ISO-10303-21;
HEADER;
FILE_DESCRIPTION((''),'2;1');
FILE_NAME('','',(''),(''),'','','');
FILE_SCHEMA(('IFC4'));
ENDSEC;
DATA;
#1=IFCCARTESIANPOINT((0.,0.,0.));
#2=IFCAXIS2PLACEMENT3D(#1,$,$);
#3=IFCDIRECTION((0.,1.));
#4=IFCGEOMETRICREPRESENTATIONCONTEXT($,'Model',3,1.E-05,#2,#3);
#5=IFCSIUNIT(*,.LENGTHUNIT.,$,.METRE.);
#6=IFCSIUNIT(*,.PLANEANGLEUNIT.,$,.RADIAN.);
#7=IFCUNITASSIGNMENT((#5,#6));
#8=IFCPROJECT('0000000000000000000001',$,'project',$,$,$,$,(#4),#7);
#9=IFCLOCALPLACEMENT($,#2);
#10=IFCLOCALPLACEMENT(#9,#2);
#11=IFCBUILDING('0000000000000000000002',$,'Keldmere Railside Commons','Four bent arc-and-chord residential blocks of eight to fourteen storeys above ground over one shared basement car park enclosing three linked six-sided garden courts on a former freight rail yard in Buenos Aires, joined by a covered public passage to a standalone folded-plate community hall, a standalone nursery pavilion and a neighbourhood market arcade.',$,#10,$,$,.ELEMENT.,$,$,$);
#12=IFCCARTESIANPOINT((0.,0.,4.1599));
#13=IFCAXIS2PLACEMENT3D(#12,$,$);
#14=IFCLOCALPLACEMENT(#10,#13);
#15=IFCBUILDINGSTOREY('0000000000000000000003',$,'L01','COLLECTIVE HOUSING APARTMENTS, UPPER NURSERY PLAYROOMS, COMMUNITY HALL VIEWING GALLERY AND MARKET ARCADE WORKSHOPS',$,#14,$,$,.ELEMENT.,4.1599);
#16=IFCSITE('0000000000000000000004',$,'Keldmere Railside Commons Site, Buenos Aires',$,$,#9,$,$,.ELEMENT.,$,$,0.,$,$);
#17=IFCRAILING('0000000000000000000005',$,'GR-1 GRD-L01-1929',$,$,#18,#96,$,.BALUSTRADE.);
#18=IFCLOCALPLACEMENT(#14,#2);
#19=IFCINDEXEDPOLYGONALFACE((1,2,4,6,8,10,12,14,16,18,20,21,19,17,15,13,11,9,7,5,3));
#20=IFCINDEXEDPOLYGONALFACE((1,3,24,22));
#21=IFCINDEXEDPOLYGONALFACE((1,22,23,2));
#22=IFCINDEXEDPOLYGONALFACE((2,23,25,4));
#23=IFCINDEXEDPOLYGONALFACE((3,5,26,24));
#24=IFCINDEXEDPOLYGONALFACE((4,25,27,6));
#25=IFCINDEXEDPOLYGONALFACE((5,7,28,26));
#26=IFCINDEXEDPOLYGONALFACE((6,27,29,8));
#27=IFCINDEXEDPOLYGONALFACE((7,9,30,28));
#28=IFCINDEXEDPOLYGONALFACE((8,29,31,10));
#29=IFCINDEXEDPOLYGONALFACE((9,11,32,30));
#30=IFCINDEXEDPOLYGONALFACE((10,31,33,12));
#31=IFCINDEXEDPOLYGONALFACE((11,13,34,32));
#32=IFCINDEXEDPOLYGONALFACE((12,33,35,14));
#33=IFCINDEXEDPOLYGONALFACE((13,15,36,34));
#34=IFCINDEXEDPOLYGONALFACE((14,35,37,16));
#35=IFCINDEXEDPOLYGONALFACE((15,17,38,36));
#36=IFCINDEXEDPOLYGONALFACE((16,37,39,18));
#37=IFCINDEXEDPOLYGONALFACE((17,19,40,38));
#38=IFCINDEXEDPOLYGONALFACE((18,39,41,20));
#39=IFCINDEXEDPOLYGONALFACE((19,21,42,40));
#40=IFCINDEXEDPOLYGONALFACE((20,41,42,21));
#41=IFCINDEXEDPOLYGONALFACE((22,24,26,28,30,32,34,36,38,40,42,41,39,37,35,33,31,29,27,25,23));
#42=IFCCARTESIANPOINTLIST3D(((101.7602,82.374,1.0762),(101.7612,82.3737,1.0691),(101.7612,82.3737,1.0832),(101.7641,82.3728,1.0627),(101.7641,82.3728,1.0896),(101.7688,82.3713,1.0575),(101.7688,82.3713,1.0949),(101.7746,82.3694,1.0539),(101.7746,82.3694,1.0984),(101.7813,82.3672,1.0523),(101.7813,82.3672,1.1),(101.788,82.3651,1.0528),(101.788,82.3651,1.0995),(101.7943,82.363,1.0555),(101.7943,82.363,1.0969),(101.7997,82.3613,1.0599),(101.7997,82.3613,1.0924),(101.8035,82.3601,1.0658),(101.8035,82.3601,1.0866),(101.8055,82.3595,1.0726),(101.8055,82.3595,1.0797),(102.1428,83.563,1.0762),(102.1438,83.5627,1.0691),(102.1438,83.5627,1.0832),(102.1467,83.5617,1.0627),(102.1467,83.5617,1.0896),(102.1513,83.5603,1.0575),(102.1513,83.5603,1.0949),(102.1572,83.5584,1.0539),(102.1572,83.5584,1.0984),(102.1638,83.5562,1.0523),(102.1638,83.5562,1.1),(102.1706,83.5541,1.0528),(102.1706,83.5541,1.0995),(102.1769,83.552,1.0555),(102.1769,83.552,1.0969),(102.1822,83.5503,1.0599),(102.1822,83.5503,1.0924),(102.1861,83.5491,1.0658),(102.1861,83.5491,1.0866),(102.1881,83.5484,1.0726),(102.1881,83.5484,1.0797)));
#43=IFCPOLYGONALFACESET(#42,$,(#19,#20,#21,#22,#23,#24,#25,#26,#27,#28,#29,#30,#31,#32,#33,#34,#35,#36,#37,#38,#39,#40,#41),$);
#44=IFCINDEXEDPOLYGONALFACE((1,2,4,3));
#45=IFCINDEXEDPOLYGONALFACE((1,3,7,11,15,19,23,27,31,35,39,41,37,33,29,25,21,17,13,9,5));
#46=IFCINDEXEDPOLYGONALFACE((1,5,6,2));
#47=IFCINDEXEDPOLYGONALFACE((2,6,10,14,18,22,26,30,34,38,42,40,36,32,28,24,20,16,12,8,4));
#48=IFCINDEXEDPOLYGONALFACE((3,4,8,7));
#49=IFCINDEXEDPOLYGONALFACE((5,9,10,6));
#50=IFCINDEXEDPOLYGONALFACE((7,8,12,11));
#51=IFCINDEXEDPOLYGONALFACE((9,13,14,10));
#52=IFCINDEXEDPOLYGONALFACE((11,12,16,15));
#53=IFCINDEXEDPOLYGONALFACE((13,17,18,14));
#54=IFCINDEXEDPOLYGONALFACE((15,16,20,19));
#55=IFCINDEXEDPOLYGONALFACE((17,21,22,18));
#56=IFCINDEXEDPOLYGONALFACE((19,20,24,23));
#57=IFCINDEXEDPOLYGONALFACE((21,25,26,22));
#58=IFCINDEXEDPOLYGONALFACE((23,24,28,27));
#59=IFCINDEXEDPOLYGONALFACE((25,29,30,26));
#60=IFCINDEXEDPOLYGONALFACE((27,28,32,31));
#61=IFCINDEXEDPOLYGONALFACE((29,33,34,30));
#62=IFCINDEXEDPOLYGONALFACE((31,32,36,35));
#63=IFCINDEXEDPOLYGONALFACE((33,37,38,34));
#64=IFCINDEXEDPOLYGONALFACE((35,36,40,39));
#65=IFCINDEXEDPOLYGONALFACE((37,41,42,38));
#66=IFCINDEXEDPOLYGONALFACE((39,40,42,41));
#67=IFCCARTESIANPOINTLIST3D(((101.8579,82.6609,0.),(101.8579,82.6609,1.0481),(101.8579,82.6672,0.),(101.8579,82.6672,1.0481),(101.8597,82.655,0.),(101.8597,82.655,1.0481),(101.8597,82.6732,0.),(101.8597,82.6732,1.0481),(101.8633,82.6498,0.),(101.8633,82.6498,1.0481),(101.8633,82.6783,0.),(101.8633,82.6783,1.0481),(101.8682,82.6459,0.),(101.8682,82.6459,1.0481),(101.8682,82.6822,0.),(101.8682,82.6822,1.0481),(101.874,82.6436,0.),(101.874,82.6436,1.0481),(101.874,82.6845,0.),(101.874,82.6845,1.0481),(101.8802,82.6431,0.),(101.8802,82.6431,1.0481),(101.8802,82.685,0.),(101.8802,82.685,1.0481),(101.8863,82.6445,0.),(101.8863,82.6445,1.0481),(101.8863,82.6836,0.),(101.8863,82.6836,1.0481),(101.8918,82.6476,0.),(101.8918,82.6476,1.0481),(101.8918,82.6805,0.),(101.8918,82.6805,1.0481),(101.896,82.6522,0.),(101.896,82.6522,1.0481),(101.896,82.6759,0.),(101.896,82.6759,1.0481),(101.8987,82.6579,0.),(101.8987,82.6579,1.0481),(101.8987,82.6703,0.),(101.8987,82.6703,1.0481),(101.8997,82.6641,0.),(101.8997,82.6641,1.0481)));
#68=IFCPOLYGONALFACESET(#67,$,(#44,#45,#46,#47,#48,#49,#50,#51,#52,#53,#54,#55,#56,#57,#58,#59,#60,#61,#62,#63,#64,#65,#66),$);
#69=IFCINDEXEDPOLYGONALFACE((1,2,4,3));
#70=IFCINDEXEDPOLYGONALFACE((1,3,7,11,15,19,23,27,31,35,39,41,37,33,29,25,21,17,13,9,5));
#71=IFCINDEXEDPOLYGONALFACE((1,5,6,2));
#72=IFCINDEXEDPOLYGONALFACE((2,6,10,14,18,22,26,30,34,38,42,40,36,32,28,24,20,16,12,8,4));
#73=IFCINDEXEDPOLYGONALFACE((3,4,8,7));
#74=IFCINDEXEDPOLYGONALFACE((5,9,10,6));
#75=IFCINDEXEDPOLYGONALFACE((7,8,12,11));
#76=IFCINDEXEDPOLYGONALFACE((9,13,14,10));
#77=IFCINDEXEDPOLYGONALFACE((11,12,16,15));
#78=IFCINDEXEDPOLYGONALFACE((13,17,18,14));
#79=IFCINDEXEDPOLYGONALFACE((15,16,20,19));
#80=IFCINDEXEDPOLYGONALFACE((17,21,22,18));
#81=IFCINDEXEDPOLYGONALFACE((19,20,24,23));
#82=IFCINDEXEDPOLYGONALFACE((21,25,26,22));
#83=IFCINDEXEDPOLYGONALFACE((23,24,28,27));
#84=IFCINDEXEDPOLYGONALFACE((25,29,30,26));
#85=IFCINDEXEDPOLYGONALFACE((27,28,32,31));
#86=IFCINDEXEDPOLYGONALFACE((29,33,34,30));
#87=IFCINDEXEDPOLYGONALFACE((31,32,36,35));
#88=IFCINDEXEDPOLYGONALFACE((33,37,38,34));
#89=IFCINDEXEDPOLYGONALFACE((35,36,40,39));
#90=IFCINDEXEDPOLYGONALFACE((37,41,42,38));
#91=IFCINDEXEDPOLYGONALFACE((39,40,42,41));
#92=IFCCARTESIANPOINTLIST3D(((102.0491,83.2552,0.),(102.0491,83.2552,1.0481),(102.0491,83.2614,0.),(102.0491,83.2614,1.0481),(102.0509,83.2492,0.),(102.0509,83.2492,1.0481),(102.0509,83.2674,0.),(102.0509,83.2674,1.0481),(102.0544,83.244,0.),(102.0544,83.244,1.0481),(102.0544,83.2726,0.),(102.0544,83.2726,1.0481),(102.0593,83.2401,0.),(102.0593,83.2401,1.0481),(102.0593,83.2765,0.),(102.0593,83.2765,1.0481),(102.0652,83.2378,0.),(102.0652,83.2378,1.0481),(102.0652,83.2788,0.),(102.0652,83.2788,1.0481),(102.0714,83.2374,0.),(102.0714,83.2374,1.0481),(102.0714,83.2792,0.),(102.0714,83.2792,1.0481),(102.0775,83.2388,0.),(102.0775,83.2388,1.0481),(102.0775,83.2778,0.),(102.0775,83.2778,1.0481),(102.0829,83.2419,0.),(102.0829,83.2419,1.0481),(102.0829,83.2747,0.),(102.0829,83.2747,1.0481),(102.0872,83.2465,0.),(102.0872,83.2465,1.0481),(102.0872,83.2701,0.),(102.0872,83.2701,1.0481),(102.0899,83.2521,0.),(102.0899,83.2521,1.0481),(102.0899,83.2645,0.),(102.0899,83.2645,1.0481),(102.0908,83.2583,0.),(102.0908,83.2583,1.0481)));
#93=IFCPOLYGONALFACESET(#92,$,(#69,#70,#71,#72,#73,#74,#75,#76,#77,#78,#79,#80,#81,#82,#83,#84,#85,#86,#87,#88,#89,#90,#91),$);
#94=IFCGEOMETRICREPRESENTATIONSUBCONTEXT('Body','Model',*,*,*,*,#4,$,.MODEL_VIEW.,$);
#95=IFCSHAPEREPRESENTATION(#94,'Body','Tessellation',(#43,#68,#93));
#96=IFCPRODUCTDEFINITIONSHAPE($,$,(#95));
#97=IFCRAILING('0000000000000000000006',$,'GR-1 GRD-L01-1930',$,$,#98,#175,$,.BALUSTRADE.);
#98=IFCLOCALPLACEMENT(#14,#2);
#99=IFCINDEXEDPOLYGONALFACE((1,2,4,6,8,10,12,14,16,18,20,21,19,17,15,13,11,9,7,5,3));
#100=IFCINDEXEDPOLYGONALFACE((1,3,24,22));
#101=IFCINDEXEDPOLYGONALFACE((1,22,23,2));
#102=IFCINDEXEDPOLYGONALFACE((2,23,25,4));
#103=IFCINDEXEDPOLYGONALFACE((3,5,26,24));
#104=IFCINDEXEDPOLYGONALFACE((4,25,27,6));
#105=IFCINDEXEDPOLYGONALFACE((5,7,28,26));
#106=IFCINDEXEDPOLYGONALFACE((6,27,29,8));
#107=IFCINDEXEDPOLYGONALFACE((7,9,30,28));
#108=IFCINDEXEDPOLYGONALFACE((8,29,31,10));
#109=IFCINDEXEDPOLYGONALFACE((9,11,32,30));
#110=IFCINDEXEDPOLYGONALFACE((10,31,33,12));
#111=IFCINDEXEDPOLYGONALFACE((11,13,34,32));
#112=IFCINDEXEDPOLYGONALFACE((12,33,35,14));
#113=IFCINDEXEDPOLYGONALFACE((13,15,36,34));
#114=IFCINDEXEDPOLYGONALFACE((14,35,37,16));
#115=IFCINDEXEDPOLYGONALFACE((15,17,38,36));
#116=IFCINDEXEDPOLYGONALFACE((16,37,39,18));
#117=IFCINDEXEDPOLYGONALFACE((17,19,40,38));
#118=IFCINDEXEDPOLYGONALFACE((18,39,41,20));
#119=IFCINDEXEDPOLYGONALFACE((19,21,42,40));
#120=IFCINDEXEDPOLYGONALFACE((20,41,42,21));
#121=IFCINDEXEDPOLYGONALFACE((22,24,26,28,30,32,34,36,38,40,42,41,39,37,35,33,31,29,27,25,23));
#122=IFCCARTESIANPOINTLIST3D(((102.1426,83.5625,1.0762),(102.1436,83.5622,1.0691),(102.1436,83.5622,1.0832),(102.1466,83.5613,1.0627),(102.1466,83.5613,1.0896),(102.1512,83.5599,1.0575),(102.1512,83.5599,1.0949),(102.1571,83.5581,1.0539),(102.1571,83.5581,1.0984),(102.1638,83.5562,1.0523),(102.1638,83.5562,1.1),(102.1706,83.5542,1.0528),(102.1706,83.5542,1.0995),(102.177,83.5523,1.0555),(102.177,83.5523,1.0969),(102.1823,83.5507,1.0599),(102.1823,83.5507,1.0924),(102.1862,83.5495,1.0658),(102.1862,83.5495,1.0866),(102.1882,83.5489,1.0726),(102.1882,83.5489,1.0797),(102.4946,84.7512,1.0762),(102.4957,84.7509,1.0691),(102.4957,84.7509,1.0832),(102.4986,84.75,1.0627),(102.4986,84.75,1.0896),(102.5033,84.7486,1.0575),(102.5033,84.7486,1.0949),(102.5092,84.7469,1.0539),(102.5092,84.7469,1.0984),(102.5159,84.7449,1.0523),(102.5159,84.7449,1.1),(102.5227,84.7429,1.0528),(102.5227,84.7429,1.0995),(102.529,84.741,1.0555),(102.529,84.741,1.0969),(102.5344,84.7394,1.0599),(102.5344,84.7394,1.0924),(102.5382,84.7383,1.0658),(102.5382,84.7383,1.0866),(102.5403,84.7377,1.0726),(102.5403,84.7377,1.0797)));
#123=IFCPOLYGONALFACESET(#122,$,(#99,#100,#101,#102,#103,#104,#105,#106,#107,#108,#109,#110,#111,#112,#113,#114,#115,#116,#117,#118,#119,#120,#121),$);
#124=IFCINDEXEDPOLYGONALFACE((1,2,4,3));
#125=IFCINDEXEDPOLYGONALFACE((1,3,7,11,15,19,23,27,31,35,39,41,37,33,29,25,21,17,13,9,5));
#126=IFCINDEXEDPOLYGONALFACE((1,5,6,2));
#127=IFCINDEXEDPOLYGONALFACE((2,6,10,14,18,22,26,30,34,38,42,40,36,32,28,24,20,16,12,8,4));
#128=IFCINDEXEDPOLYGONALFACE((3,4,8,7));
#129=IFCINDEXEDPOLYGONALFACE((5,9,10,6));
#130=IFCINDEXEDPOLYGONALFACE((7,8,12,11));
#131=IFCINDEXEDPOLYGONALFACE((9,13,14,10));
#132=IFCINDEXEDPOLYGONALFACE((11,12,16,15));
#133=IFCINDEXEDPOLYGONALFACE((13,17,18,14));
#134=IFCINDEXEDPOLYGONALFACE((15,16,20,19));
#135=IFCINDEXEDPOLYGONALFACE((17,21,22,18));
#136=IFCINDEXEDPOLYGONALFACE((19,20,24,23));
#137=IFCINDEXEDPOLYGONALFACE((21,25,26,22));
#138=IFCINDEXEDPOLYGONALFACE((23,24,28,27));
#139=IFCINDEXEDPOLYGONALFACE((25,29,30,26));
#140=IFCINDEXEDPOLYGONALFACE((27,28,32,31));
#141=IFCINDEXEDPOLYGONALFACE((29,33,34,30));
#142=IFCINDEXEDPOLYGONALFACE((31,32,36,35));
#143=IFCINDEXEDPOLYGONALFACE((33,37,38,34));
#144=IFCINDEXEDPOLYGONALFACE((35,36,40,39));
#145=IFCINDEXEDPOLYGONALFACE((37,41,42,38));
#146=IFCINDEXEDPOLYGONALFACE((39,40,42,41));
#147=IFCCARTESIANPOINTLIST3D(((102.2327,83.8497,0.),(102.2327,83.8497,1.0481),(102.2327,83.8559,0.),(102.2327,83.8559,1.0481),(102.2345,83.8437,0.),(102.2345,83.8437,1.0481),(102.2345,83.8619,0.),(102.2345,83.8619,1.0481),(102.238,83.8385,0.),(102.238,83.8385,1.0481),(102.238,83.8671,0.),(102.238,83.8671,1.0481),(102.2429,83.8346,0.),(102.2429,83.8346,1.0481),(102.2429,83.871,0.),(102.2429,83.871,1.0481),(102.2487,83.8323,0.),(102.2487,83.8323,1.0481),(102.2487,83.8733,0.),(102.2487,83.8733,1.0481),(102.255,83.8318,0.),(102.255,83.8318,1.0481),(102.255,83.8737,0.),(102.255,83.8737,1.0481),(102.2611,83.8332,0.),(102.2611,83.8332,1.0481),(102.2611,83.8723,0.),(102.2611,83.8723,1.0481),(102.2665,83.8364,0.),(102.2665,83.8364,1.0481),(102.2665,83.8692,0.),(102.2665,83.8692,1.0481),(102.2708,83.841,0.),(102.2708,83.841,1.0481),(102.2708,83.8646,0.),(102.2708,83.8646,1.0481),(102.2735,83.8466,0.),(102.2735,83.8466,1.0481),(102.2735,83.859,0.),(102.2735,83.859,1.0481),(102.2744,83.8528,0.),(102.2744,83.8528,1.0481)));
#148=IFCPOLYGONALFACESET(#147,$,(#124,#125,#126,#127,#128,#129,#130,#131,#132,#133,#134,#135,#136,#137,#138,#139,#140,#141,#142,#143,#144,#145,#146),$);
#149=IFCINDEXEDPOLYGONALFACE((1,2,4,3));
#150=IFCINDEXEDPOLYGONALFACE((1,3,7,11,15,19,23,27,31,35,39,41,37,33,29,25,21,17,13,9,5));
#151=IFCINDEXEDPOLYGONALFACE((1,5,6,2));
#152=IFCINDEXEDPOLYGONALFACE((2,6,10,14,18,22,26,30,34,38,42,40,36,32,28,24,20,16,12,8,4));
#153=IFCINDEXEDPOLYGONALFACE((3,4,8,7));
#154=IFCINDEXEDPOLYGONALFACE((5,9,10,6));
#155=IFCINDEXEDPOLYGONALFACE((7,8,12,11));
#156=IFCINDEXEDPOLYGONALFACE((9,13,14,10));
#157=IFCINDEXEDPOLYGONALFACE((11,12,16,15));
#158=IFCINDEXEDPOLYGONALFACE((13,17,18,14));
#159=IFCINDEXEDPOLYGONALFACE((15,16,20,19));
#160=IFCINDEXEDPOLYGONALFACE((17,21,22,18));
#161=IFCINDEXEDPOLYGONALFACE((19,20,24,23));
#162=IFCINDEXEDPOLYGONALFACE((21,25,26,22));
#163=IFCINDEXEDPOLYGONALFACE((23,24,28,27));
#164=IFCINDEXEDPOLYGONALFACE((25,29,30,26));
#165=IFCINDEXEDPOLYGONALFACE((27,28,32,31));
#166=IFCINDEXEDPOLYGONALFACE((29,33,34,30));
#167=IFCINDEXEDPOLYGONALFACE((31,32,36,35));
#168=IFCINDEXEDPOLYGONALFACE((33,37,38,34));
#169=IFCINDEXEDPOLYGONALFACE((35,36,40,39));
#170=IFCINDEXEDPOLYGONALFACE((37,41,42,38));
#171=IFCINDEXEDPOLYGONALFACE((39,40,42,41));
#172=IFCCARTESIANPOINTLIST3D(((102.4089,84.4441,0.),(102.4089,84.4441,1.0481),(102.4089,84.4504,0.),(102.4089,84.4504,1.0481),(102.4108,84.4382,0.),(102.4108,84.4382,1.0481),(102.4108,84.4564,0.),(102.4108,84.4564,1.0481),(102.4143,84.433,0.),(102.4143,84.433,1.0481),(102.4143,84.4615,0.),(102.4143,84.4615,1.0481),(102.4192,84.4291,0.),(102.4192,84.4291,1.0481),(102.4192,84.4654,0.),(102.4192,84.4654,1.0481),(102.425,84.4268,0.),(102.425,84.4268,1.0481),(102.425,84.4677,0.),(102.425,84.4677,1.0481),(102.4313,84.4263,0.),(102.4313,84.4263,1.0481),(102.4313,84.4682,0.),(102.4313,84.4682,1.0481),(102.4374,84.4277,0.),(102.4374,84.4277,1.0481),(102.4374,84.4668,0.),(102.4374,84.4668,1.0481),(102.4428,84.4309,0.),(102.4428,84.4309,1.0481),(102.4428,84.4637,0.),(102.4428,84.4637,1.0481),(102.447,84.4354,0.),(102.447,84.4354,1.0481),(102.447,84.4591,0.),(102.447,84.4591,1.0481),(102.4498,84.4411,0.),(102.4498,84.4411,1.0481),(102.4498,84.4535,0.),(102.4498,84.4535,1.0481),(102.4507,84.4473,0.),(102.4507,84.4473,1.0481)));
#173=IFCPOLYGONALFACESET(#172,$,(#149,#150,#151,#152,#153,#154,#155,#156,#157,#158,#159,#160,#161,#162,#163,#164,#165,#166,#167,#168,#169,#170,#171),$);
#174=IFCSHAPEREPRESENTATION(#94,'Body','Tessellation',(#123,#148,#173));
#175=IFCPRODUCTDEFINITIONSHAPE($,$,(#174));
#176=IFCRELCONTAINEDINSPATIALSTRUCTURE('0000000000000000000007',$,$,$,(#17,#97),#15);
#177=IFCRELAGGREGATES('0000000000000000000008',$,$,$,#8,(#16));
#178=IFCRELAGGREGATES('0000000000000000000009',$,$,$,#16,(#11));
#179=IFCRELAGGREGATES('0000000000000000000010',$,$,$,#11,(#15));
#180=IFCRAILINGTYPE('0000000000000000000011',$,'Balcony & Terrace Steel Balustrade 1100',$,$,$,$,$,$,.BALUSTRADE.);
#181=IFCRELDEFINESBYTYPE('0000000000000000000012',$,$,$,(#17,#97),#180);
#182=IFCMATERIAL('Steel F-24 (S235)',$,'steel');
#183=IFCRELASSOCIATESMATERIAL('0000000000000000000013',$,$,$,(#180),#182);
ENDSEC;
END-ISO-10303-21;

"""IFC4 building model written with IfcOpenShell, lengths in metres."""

from ifc_helpers import new_model, si_unit, direction, frame, origin, origin_2d, place, context, subcontext, project, spatial, circle, extrude, material, type_object, element, save


model = new_model("IFC4")

# Units and contexts
model_context = context("Model", 3, precision=1e-05, world=origin(), true_north=direction((0.0, 1.0)))
body_context = subcontext(model_context, "Body", "Model", "MODEL_VIEW")
ifc_project = project(units=[si_unit("LENGTHUNIT", "METRE"), si_unit("PLANEANGLEUNIT", "RADIAN")], contexts=[model_context])

# Site, building, storey
site_placement = place(None, origin())
site = spatial("IfcSite", under=ifc_project, at=site_placement, Name="Keldmere Railside Commons Site, Buenos Aires", CompositionType="ELEMENT", RefElevation=0.0)
building_placement = place(site_placement, origin())
building = spatial("IfcBuilding", under=site, at=building_placement, Name="Keldmere Railside Commons", Description="Four bent arc-and-chord residential blocks of eight to fourteen storeys above ground over one shared basement car park enclosing three linked six-sided garden courts on a former freight rail yard in Buenos Aires, joined by a covered public passage to a standalone folded-plate community hall, a standalone nursery pavilion and a neighbourhood market arcade.", CompositionType="ELEMENT")
storey_placement = place(building_placement, frame((0.0, 0.0, 4.1599)))
storey = spatial("IfcBuildingStorey", under=building, at=storey_placement, Name="L01", Description="COLLECTIVE HOUSING APARTMENTS, UPPER NURSERY PLAYROOMS, COMMUNITY HALL VIEWING GALLERY AND MARKET ARCADE WORKSHOPS", CompositionType="ELEMENT", Elevation=4.1599)

# Railings
ifc_material_1 = material(Name="Steel F-24 (S235)", Category="steel")
railing_type = type_object("IfcRailingType", Name="Balcony & Terrace Steel Balustrade 1100", PredefinedType="BALUSTRADE", material=ifc_material_1)
railing_1_placement = place(storey_placement, frame((101.783, 82.3667, 0.0)))
element("IfcRailing", 1, at=railing_1_placement, inside=storey, type_object=railing_type, Name="GR-1 GRD-L01-1929", PredefinedType="BALUSTRADE", context=body_context, shape_type="SweptSolid", body=[
    extrude(circle(Radius=0.0239, at=origin_2d()), frame((0.0, 0.0, 1.0762), z_axis=(0.3063, 0.951935, 0.0), x_axis=(-0.951935, 0.3063, 0.0)), (0.0, 0.0, 1.0), 1.249),
    extrude(circle(Radius=0.021, at=origin_2d()), frame((0.0957, 0.2974, 0.0)), (0.0, 0.0, 1.0), 1.0481),
    extrude(circle(Radius=0.021, at=origin_2d()), frame((0.2869, 0.8916, 0.0)), (0.0, 0.0, 1.0), 1.0481),
])
railing_2_placement = place(storey_placement, frame((102.1655, 83.5557, 0.0)))
element("IfcRailing", 2, at=railing_2_placement, inside=storey, type_object=railing_type, Name="GR-1 GRD-L01-1930", PredefinedType="BALUSTRADE", context=body_context, shape_type="SweptSolid", body=[
    extrude(circle(Radius=0.0239, at=origin_2d()), frame((0.0, 0.0, 1.0762), z_axis=(0.283968, 0.958834, 0.0), x_axis=(-0.958834, 0.283968, 0.0)), (0.0, 0.0, 1.0), 1.2397),
    extrude(circle(Radius=0.021, at=origin_2d()), frame((0.0879, 0.2971, 0.0)), (0.0, 0.0, 1.0), 1.0481),
    extrude(circle(Radius=0.021, at=origin_2d()), frame((0.2642, 0.8916, 0.0)), (0.0, 0.0, 1.0), 1.0481),
])

save(model, "model.ifc")
